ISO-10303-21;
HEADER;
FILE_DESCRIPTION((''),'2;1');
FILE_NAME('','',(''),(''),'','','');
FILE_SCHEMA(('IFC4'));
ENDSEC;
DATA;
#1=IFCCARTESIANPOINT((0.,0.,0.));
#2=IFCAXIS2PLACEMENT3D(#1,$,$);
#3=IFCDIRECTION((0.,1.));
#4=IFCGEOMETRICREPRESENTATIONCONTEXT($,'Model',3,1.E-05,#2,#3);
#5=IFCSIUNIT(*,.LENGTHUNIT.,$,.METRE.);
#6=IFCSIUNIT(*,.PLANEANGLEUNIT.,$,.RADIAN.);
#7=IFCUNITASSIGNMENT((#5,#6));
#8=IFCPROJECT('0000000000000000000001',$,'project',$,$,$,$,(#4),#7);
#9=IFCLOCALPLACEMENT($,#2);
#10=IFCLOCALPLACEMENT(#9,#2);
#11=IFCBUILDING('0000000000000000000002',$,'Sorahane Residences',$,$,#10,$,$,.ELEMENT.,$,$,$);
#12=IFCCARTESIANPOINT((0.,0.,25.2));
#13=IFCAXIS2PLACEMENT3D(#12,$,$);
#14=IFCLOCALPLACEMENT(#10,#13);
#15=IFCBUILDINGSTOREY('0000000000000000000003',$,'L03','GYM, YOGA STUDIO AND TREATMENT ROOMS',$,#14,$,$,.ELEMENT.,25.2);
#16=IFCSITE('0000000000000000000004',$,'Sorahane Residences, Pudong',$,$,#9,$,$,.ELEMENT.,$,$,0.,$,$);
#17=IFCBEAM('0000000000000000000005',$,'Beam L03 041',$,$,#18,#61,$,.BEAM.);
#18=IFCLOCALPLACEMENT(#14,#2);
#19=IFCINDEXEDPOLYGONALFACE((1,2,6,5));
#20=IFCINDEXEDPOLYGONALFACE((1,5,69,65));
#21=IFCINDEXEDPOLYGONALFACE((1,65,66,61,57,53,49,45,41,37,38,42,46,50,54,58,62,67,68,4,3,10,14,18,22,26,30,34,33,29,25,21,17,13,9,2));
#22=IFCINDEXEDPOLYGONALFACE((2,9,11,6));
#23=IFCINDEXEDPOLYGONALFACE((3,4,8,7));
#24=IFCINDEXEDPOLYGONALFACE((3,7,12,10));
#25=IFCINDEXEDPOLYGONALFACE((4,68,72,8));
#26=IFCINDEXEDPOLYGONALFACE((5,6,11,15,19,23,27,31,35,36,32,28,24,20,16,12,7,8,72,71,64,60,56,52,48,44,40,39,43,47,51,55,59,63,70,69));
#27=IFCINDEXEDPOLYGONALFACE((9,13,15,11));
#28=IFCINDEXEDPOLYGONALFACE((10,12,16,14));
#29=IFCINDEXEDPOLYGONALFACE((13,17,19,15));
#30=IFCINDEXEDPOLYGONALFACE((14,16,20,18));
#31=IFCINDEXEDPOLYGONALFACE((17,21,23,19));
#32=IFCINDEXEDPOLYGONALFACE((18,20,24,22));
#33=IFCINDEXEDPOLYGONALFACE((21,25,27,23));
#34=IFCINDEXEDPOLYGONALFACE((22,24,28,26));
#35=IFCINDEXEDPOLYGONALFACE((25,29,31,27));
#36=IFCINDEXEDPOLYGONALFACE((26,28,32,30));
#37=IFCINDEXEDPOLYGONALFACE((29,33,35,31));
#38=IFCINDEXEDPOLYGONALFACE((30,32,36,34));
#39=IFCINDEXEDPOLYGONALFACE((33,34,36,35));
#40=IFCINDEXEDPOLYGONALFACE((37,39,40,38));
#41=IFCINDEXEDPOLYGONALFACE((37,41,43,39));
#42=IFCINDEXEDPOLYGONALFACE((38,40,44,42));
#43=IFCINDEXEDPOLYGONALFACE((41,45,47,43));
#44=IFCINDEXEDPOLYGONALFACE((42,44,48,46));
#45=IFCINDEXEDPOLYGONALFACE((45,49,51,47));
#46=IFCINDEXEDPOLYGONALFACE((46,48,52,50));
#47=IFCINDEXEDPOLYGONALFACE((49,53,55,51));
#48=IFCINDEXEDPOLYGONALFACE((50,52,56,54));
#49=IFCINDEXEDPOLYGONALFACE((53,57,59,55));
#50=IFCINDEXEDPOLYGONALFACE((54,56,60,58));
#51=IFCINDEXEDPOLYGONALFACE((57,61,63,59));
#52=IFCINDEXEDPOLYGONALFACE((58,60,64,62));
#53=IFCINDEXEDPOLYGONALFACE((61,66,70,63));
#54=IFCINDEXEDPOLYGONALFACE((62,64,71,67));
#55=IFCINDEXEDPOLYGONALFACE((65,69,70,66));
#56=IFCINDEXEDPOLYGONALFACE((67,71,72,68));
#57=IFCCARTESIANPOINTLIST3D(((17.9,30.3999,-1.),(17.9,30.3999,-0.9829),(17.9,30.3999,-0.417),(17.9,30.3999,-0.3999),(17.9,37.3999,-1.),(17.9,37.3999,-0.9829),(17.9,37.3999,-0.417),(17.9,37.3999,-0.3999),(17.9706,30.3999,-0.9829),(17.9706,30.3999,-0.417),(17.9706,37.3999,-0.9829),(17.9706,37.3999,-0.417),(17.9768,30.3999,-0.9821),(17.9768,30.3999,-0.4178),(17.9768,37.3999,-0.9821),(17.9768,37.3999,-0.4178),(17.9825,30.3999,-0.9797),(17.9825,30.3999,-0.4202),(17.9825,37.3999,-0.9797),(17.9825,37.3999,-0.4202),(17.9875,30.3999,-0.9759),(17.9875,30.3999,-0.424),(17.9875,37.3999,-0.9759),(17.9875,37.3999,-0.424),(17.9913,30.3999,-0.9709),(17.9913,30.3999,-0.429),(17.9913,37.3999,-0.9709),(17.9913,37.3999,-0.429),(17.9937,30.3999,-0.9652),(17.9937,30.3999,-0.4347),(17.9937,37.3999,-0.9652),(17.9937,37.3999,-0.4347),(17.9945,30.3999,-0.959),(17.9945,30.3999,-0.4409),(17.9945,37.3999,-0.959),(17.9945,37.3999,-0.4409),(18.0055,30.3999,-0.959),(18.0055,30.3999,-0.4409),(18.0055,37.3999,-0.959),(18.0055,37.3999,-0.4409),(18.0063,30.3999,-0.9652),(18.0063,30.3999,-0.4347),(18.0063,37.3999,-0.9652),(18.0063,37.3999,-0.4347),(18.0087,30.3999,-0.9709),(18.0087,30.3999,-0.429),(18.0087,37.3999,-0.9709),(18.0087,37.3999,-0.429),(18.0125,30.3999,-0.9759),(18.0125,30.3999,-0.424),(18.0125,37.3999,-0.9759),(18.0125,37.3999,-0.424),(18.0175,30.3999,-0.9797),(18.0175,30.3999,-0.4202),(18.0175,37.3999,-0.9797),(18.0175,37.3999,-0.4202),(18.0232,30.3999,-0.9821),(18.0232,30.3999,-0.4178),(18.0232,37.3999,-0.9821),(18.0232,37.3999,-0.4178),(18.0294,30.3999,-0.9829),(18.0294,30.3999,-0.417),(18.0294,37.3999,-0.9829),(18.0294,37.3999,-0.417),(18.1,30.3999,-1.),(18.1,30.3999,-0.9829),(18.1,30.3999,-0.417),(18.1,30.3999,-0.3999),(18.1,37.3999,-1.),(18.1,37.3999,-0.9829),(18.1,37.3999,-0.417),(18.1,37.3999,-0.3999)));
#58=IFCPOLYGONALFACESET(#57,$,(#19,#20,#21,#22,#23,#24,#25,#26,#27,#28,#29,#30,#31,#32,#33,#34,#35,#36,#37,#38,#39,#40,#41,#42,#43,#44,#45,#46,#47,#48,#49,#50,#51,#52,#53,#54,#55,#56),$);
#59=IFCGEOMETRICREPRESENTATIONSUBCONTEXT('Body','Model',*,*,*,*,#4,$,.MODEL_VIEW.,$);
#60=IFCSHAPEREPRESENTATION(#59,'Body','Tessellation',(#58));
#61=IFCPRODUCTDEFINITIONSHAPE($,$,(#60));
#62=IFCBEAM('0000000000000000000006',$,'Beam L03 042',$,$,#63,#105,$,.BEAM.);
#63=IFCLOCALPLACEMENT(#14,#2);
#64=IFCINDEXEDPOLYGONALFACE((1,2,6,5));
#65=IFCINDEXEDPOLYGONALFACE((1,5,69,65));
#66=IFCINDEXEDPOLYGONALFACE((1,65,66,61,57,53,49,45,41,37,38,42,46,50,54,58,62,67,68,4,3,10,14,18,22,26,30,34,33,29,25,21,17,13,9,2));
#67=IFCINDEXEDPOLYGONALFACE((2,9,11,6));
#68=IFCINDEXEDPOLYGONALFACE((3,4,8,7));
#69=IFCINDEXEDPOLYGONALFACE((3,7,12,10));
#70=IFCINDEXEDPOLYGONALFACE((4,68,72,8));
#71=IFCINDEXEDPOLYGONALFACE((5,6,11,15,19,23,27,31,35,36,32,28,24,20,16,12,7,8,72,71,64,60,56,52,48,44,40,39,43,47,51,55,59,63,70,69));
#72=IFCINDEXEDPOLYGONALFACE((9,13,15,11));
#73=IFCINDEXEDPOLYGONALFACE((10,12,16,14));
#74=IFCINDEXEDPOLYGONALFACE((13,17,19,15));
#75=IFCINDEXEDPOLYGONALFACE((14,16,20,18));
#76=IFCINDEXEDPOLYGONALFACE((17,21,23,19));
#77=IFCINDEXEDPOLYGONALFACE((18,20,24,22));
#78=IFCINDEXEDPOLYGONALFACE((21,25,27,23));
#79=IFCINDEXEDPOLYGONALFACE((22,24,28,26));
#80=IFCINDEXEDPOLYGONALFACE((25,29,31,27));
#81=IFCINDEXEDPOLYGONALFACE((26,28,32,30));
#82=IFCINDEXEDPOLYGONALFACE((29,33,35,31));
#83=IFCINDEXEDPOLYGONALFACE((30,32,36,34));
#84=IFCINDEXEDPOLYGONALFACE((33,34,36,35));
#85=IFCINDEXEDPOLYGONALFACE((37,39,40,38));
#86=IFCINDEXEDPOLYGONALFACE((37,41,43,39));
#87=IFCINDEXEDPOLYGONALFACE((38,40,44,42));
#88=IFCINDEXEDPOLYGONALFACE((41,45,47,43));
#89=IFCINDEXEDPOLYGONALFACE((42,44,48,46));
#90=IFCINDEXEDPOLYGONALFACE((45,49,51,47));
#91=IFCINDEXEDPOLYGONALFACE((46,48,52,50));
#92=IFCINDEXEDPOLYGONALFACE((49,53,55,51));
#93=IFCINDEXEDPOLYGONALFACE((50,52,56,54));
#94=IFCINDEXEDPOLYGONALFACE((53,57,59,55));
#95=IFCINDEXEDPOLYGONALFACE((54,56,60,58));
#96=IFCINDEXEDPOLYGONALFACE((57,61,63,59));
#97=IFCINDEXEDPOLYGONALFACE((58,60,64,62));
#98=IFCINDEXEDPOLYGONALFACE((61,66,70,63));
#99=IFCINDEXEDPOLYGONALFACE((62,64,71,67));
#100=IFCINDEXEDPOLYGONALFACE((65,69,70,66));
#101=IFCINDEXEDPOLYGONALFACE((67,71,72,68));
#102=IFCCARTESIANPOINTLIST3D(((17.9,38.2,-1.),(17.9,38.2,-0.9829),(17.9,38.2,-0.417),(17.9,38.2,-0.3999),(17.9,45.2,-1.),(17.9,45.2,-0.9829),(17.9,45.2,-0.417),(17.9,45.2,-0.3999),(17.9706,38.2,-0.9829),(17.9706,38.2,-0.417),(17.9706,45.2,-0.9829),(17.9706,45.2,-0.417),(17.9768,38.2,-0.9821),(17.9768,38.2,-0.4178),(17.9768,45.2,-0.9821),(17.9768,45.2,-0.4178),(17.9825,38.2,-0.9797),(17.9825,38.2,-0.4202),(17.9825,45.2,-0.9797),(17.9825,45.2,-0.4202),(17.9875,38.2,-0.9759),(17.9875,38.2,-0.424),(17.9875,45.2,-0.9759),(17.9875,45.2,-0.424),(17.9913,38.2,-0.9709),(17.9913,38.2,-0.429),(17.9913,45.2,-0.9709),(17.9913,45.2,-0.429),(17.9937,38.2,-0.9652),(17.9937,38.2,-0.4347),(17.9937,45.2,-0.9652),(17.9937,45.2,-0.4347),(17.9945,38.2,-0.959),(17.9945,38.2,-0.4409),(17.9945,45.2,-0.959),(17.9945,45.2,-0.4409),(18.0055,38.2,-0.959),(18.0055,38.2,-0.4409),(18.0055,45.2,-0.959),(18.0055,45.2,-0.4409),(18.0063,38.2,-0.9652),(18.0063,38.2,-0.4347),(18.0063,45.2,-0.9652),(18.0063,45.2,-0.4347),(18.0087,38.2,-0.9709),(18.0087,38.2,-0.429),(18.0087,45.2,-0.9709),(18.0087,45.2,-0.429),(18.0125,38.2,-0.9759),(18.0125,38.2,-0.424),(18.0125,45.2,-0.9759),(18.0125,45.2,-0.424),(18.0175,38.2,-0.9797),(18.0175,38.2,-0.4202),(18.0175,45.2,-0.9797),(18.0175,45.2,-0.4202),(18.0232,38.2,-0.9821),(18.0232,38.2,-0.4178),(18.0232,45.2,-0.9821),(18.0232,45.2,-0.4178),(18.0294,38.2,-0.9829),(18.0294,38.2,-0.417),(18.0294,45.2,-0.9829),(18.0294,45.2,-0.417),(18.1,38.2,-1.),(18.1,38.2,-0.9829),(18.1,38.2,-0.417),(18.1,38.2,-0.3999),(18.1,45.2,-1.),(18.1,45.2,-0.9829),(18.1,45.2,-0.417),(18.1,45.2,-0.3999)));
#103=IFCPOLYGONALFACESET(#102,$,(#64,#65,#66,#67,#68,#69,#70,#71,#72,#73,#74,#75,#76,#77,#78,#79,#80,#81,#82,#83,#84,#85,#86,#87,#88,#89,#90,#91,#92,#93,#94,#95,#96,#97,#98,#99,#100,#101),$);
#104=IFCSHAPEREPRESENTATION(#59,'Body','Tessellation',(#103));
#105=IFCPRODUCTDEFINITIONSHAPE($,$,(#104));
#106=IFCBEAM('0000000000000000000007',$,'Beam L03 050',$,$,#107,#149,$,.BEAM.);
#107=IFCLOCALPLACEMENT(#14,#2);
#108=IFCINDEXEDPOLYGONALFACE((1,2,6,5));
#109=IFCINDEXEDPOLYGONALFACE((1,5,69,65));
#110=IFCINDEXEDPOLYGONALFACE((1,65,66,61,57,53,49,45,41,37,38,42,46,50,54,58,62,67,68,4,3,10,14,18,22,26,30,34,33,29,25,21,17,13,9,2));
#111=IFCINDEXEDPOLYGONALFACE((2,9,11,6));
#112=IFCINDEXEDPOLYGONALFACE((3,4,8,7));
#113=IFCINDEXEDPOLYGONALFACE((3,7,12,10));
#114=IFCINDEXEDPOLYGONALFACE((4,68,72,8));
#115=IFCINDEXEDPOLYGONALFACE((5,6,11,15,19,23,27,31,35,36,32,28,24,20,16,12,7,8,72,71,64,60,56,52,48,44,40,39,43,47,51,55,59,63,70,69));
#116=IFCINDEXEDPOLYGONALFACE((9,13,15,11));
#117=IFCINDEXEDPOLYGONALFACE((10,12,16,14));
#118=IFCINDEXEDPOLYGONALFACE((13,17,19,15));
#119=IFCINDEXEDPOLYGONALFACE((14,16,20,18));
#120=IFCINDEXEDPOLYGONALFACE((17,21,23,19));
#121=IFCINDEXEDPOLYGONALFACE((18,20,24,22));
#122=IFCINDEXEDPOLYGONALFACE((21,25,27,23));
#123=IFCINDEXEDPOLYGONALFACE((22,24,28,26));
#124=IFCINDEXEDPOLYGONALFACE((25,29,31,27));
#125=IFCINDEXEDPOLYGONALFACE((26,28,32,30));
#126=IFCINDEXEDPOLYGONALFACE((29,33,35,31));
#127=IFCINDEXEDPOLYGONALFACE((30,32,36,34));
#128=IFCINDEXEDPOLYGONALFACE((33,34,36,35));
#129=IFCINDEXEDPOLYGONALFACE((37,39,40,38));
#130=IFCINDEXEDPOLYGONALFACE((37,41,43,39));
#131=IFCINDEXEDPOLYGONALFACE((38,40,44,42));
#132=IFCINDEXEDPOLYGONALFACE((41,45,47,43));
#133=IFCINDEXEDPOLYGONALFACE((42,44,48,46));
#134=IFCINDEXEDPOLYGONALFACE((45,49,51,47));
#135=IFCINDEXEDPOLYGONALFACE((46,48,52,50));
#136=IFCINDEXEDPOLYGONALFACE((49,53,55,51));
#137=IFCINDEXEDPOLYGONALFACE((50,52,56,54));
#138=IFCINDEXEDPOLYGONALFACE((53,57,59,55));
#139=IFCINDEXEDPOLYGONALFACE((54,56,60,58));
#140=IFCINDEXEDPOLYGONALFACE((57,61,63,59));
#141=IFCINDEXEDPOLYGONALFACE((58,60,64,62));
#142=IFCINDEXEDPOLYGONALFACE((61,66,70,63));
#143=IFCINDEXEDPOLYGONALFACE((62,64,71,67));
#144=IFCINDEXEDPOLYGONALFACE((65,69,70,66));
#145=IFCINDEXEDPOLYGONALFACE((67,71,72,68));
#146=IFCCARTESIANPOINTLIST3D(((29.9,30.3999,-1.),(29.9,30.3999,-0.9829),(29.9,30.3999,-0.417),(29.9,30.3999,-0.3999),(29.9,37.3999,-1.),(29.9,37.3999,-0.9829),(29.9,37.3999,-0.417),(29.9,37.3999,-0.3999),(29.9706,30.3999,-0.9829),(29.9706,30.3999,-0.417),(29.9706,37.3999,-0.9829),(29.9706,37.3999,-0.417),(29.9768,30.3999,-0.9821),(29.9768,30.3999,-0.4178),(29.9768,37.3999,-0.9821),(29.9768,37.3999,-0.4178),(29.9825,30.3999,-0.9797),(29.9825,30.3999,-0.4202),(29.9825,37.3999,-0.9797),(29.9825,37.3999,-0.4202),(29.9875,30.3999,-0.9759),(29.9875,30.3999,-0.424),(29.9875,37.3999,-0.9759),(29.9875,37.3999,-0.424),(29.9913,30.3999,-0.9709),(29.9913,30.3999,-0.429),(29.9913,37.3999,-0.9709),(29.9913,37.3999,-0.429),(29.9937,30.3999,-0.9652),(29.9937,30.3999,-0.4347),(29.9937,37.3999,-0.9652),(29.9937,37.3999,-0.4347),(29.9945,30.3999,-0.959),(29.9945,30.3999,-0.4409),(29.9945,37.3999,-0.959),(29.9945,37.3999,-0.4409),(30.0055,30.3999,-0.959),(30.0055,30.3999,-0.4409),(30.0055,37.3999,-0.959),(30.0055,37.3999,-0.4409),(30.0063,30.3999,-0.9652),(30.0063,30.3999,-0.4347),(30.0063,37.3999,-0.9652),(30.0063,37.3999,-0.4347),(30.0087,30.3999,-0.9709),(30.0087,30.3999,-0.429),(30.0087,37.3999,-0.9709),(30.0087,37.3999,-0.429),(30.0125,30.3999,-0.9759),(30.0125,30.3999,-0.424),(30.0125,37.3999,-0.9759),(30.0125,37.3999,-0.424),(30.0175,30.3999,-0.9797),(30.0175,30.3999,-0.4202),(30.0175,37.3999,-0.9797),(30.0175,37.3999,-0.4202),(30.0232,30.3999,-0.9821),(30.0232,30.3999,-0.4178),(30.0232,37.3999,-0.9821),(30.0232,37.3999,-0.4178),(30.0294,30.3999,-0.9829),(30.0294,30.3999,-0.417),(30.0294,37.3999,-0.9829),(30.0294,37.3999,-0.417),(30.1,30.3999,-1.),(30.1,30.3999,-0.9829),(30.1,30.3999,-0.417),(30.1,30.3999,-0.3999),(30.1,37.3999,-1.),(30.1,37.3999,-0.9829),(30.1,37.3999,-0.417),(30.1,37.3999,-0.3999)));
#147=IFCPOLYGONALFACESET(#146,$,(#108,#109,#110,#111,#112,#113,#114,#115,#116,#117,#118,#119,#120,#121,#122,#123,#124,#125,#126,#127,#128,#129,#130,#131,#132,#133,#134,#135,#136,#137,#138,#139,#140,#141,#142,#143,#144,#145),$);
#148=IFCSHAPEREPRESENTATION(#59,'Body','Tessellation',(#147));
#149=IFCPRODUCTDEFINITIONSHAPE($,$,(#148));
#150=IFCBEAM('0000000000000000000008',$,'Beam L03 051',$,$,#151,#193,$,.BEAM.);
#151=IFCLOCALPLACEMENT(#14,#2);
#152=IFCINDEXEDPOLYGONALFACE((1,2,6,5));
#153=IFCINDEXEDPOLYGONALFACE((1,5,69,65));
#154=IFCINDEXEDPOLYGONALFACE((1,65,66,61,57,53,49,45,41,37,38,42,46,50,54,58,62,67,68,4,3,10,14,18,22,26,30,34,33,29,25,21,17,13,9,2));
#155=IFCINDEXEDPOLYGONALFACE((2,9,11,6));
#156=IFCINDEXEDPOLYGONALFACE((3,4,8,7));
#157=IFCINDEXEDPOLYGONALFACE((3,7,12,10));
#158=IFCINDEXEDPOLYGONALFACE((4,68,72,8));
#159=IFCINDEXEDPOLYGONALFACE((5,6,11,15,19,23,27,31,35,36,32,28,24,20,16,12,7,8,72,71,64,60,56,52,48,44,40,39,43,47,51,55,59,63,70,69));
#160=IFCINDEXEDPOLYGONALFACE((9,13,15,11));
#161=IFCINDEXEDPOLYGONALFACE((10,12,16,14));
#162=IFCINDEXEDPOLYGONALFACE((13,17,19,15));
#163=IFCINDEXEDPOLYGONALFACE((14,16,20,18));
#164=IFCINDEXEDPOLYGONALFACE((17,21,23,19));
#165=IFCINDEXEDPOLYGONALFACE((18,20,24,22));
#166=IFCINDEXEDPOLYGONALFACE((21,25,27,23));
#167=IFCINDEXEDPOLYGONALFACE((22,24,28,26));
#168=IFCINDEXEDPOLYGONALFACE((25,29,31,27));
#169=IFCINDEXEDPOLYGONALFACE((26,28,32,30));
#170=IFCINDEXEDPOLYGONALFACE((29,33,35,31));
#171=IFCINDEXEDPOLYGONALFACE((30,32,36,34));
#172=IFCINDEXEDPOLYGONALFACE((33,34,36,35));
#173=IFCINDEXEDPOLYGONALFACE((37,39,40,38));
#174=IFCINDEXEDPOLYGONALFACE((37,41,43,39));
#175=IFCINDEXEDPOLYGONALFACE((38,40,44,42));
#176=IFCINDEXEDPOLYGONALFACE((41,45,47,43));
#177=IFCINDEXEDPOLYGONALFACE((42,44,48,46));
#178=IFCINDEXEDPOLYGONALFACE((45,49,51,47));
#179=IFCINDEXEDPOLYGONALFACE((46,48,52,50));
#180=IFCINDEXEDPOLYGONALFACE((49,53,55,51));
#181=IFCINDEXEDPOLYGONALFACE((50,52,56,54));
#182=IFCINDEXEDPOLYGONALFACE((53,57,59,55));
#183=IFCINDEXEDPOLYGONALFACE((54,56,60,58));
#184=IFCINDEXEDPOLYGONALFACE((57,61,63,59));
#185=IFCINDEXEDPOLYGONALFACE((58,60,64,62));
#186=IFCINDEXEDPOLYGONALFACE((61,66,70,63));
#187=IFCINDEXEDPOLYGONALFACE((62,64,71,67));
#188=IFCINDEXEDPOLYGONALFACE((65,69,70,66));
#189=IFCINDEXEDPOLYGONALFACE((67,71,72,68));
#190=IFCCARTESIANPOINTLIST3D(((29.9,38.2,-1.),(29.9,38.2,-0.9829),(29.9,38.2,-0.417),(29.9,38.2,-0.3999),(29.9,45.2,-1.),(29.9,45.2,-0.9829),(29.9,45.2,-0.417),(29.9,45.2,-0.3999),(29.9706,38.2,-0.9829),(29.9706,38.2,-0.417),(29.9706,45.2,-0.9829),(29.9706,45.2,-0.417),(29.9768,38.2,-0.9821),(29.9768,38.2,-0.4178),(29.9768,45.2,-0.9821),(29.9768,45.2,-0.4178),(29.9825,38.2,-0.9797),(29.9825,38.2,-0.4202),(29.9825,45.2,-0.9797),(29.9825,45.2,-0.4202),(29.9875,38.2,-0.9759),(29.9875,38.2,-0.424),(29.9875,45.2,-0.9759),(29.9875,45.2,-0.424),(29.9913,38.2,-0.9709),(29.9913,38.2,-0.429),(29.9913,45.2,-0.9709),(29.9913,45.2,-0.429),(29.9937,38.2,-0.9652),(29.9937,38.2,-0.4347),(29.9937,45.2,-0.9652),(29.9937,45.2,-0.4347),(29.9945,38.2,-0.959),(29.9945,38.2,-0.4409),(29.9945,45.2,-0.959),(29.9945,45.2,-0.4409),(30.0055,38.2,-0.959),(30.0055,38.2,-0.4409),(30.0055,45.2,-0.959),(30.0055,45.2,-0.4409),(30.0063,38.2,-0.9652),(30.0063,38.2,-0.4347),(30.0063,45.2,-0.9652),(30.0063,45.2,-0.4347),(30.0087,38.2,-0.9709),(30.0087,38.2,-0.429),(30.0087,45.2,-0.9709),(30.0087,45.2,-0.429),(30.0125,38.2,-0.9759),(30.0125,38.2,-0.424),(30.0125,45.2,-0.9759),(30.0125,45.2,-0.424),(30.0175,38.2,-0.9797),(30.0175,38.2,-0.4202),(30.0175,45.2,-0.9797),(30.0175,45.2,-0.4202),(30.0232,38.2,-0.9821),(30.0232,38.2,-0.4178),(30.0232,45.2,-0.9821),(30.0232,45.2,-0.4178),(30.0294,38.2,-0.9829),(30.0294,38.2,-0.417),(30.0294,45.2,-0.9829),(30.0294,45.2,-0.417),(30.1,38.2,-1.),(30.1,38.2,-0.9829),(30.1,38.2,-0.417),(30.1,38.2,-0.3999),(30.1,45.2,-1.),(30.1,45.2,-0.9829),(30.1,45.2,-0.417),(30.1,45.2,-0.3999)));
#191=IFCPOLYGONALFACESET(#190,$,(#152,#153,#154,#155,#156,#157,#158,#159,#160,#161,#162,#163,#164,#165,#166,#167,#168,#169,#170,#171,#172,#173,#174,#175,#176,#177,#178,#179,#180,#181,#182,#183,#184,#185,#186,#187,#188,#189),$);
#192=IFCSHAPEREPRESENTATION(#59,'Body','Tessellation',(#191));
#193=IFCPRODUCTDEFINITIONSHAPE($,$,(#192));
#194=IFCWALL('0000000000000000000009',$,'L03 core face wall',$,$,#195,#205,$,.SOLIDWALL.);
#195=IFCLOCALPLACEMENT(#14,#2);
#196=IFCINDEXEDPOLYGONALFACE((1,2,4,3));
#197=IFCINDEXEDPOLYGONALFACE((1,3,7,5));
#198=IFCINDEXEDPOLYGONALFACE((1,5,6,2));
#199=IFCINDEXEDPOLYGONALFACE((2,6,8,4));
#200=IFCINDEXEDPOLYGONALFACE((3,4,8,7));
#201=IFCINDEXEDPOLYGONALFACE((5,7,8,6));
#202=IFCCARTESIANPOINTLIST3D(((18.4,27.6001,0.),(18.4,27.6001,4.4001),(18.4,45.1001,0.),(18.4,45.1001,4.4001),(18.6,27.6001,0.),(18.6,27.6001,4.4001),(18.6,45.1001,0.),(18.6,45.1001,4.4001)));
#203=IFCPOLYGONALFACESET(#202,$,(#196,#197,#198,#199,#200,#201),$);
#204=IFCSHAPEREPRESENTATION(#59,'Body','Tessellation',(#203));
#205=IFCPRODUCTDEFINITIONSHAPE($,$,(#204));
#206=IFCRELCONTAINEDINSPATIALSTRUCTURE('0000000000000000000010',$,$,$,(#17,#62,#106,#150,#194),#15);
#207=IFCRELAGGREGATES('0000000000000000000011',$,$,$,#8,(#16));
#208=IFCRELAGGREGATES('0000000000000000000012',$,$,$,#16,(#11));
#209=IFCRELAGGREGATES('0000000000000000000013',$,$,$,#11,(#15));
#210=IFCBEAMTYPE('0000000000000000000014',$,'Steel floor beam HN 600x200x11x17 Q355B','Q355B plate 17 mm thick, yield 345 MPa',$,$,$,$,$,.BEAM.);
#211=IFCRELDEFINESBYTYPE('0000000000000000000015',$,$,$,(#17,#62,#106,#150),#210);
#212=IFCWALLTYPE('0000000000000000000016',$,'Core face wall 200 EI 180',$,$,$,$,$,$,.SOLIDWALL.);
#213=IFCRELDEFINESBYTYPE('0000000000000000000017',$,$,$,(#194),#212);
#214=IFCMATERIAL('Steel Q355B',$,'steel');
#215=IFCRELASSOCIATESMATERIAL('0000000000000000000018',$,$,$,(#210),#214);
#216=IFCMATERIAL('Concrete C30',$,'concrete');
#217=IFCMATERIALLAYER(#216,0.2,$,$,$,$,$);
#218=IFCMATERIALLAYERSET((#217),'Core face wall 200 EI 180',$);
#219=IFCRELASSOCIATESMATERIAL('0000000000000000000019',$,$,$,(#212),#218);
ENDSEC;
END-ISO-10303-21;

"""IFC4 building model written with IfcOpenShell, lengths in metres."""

from ifc_helpers import new_model, si_unit, direction, frame, frame_2d, origin, origin_2d, place, context, subcontext, project, spatial, rectangle, i_section, extrude, material, layer, layer_set, material_profile, profile_set, type_object, element, save


model = new_model("IFC4")

# Units and contexts
model_context = context("Model", 3, precision=1e-05, world=origin(), true_north=direction((0.0, 1.0)))
body_context = subcontext(model_context, "Body", "Model", "MODEL_VIEW")
ifc_project = project(units=[si_unit("LENGTHUNIT", "METRE"), si_unit("PLANEANGLEUNIT", "RADIAN")], contexts=[model_context])

# Site, building, storey
site_placement = place(None, origin())
site = spatial("IfcSite", under=ifc_project, at=site_placement, Name="Sorahane Residences, Pudong", CompositionType="ELEMENT", RefElevation=0.0)
building_placement = place(site_placement, origin())
building = spatial("IfcBuilding", under=site, at=building_placement, Name="Sorahane Residences", CompositionType="ELEMENT")
storey_placement = place(building_placement, frame((0.0, 0.0, 25.2)))
storey = spatial("IfcBuildingStorey", under=building, at=storey_placement, Name="L03", Description="GYM, YOGA STUDIO AND TREATMENT ROOMS", CompositionType="ELEMENT", Elevation=25.2)

# Beams
ifc_material_1 = material(Name="Steel Q355B", Category="steel")
ifc_material_profile_1 = material_profile(ifc_material_1, i_section(OverallWidth=0.2, OverallDepth=0.6001, WebThickness=0.011, FlangeThickness=0.0171, FilletRadius=0.0239, at=origin_2d()), Name="HN 600x200x11x17")
ifc_profile_set_1 = profile_set([ifc_material_profile_1], Name="Steel Q355B")
beam_type_1 = type_object("IfcBeamType", Name="Steel floor beam HN 600x200x11x17 Q355B", Description="Q355B plate 17 mm thick, yield 345 MPa", PredefinedType="BEAM", material=ifc_profile_set_1)
for number, where, z_axis, x_axis, name in (
    (1, (18.0, 30.3999, -0.7), (0.0, 1.0, 0.0), (-1.0, 0.0, 0.0), "Beam L03 041"),
    (2, (18.0, 38.2, -0.7), (0.0, 1.0, 0.0), (-1.0, 0.0, 0.0), "Beam L03 042"),
    (3, (30.0, 30.3999, -0.7), (0.0, 1.0, 0.0), (-1.0, 0.0, 0.0), "Beam L03 050"),
    (4, (30.0, 38.2, -0.7), (0.0, 1.0, 0.0), (-1.0, 0.0, 0.0), "Beam L03 051"),
):
    element("IfcBeam", number, at=place(storey_placement, frame(where, z_axis=z_axis, x_axis=x_axis)), inside=storey, type_object=beam_type_1, Name=name, PredefinedType="BEAM", context=body_context, shape_type="SweptSolid", body=[
        extrude(i_section(OverallWidth=0.2, OverallDepth=0.6001, WebThickness=0.011, FlangeThickness=0.0171, FilletRadius=0.0239, at=origin_2d()), origin(), (0.0, 0.0, 1.0), 7.0),
    ])

# Wall
ifc_material_2 = material(Name="Concrete C30", Category="concrete")
ifc_layer_1 = layer(ifc_material_2, 0.2)
ifc_layer_set_1 = layer_set([ifc_layer_1], Name="Core face wall 200 EI 180")
wall_type_1 = type_object("IfcWallType", Name="Core face wall 200 EI 180", PredefinedType="SOLIDWALL", material=ifc_layer_set_1)
for number, where, z_axis, x_axis, name in (
    (5, (18.5, 27.6001, 0.0), (0.0, 0.0, 1.0), (0.0, 1.0, 0.0), "L03 core face wall"),
):
    element("IfcWall", number, at=place(storey_placement, frame(where, z_axis=z_axis, x_axis=x_axis)), inside=storey, type_object=wall_type_1, Name=name, PredefinedType="SOLIDWALL", context=body_context, shape_type="SweptSolid", body=[
        extrude(rectangle(XDim=17.5, YDim=0.2, at=frame_2d((8.75, 0.0))), origin(), (0.0, 0.0, 1.0), 4.4001),
    ])

save(model, "model.ifc")
